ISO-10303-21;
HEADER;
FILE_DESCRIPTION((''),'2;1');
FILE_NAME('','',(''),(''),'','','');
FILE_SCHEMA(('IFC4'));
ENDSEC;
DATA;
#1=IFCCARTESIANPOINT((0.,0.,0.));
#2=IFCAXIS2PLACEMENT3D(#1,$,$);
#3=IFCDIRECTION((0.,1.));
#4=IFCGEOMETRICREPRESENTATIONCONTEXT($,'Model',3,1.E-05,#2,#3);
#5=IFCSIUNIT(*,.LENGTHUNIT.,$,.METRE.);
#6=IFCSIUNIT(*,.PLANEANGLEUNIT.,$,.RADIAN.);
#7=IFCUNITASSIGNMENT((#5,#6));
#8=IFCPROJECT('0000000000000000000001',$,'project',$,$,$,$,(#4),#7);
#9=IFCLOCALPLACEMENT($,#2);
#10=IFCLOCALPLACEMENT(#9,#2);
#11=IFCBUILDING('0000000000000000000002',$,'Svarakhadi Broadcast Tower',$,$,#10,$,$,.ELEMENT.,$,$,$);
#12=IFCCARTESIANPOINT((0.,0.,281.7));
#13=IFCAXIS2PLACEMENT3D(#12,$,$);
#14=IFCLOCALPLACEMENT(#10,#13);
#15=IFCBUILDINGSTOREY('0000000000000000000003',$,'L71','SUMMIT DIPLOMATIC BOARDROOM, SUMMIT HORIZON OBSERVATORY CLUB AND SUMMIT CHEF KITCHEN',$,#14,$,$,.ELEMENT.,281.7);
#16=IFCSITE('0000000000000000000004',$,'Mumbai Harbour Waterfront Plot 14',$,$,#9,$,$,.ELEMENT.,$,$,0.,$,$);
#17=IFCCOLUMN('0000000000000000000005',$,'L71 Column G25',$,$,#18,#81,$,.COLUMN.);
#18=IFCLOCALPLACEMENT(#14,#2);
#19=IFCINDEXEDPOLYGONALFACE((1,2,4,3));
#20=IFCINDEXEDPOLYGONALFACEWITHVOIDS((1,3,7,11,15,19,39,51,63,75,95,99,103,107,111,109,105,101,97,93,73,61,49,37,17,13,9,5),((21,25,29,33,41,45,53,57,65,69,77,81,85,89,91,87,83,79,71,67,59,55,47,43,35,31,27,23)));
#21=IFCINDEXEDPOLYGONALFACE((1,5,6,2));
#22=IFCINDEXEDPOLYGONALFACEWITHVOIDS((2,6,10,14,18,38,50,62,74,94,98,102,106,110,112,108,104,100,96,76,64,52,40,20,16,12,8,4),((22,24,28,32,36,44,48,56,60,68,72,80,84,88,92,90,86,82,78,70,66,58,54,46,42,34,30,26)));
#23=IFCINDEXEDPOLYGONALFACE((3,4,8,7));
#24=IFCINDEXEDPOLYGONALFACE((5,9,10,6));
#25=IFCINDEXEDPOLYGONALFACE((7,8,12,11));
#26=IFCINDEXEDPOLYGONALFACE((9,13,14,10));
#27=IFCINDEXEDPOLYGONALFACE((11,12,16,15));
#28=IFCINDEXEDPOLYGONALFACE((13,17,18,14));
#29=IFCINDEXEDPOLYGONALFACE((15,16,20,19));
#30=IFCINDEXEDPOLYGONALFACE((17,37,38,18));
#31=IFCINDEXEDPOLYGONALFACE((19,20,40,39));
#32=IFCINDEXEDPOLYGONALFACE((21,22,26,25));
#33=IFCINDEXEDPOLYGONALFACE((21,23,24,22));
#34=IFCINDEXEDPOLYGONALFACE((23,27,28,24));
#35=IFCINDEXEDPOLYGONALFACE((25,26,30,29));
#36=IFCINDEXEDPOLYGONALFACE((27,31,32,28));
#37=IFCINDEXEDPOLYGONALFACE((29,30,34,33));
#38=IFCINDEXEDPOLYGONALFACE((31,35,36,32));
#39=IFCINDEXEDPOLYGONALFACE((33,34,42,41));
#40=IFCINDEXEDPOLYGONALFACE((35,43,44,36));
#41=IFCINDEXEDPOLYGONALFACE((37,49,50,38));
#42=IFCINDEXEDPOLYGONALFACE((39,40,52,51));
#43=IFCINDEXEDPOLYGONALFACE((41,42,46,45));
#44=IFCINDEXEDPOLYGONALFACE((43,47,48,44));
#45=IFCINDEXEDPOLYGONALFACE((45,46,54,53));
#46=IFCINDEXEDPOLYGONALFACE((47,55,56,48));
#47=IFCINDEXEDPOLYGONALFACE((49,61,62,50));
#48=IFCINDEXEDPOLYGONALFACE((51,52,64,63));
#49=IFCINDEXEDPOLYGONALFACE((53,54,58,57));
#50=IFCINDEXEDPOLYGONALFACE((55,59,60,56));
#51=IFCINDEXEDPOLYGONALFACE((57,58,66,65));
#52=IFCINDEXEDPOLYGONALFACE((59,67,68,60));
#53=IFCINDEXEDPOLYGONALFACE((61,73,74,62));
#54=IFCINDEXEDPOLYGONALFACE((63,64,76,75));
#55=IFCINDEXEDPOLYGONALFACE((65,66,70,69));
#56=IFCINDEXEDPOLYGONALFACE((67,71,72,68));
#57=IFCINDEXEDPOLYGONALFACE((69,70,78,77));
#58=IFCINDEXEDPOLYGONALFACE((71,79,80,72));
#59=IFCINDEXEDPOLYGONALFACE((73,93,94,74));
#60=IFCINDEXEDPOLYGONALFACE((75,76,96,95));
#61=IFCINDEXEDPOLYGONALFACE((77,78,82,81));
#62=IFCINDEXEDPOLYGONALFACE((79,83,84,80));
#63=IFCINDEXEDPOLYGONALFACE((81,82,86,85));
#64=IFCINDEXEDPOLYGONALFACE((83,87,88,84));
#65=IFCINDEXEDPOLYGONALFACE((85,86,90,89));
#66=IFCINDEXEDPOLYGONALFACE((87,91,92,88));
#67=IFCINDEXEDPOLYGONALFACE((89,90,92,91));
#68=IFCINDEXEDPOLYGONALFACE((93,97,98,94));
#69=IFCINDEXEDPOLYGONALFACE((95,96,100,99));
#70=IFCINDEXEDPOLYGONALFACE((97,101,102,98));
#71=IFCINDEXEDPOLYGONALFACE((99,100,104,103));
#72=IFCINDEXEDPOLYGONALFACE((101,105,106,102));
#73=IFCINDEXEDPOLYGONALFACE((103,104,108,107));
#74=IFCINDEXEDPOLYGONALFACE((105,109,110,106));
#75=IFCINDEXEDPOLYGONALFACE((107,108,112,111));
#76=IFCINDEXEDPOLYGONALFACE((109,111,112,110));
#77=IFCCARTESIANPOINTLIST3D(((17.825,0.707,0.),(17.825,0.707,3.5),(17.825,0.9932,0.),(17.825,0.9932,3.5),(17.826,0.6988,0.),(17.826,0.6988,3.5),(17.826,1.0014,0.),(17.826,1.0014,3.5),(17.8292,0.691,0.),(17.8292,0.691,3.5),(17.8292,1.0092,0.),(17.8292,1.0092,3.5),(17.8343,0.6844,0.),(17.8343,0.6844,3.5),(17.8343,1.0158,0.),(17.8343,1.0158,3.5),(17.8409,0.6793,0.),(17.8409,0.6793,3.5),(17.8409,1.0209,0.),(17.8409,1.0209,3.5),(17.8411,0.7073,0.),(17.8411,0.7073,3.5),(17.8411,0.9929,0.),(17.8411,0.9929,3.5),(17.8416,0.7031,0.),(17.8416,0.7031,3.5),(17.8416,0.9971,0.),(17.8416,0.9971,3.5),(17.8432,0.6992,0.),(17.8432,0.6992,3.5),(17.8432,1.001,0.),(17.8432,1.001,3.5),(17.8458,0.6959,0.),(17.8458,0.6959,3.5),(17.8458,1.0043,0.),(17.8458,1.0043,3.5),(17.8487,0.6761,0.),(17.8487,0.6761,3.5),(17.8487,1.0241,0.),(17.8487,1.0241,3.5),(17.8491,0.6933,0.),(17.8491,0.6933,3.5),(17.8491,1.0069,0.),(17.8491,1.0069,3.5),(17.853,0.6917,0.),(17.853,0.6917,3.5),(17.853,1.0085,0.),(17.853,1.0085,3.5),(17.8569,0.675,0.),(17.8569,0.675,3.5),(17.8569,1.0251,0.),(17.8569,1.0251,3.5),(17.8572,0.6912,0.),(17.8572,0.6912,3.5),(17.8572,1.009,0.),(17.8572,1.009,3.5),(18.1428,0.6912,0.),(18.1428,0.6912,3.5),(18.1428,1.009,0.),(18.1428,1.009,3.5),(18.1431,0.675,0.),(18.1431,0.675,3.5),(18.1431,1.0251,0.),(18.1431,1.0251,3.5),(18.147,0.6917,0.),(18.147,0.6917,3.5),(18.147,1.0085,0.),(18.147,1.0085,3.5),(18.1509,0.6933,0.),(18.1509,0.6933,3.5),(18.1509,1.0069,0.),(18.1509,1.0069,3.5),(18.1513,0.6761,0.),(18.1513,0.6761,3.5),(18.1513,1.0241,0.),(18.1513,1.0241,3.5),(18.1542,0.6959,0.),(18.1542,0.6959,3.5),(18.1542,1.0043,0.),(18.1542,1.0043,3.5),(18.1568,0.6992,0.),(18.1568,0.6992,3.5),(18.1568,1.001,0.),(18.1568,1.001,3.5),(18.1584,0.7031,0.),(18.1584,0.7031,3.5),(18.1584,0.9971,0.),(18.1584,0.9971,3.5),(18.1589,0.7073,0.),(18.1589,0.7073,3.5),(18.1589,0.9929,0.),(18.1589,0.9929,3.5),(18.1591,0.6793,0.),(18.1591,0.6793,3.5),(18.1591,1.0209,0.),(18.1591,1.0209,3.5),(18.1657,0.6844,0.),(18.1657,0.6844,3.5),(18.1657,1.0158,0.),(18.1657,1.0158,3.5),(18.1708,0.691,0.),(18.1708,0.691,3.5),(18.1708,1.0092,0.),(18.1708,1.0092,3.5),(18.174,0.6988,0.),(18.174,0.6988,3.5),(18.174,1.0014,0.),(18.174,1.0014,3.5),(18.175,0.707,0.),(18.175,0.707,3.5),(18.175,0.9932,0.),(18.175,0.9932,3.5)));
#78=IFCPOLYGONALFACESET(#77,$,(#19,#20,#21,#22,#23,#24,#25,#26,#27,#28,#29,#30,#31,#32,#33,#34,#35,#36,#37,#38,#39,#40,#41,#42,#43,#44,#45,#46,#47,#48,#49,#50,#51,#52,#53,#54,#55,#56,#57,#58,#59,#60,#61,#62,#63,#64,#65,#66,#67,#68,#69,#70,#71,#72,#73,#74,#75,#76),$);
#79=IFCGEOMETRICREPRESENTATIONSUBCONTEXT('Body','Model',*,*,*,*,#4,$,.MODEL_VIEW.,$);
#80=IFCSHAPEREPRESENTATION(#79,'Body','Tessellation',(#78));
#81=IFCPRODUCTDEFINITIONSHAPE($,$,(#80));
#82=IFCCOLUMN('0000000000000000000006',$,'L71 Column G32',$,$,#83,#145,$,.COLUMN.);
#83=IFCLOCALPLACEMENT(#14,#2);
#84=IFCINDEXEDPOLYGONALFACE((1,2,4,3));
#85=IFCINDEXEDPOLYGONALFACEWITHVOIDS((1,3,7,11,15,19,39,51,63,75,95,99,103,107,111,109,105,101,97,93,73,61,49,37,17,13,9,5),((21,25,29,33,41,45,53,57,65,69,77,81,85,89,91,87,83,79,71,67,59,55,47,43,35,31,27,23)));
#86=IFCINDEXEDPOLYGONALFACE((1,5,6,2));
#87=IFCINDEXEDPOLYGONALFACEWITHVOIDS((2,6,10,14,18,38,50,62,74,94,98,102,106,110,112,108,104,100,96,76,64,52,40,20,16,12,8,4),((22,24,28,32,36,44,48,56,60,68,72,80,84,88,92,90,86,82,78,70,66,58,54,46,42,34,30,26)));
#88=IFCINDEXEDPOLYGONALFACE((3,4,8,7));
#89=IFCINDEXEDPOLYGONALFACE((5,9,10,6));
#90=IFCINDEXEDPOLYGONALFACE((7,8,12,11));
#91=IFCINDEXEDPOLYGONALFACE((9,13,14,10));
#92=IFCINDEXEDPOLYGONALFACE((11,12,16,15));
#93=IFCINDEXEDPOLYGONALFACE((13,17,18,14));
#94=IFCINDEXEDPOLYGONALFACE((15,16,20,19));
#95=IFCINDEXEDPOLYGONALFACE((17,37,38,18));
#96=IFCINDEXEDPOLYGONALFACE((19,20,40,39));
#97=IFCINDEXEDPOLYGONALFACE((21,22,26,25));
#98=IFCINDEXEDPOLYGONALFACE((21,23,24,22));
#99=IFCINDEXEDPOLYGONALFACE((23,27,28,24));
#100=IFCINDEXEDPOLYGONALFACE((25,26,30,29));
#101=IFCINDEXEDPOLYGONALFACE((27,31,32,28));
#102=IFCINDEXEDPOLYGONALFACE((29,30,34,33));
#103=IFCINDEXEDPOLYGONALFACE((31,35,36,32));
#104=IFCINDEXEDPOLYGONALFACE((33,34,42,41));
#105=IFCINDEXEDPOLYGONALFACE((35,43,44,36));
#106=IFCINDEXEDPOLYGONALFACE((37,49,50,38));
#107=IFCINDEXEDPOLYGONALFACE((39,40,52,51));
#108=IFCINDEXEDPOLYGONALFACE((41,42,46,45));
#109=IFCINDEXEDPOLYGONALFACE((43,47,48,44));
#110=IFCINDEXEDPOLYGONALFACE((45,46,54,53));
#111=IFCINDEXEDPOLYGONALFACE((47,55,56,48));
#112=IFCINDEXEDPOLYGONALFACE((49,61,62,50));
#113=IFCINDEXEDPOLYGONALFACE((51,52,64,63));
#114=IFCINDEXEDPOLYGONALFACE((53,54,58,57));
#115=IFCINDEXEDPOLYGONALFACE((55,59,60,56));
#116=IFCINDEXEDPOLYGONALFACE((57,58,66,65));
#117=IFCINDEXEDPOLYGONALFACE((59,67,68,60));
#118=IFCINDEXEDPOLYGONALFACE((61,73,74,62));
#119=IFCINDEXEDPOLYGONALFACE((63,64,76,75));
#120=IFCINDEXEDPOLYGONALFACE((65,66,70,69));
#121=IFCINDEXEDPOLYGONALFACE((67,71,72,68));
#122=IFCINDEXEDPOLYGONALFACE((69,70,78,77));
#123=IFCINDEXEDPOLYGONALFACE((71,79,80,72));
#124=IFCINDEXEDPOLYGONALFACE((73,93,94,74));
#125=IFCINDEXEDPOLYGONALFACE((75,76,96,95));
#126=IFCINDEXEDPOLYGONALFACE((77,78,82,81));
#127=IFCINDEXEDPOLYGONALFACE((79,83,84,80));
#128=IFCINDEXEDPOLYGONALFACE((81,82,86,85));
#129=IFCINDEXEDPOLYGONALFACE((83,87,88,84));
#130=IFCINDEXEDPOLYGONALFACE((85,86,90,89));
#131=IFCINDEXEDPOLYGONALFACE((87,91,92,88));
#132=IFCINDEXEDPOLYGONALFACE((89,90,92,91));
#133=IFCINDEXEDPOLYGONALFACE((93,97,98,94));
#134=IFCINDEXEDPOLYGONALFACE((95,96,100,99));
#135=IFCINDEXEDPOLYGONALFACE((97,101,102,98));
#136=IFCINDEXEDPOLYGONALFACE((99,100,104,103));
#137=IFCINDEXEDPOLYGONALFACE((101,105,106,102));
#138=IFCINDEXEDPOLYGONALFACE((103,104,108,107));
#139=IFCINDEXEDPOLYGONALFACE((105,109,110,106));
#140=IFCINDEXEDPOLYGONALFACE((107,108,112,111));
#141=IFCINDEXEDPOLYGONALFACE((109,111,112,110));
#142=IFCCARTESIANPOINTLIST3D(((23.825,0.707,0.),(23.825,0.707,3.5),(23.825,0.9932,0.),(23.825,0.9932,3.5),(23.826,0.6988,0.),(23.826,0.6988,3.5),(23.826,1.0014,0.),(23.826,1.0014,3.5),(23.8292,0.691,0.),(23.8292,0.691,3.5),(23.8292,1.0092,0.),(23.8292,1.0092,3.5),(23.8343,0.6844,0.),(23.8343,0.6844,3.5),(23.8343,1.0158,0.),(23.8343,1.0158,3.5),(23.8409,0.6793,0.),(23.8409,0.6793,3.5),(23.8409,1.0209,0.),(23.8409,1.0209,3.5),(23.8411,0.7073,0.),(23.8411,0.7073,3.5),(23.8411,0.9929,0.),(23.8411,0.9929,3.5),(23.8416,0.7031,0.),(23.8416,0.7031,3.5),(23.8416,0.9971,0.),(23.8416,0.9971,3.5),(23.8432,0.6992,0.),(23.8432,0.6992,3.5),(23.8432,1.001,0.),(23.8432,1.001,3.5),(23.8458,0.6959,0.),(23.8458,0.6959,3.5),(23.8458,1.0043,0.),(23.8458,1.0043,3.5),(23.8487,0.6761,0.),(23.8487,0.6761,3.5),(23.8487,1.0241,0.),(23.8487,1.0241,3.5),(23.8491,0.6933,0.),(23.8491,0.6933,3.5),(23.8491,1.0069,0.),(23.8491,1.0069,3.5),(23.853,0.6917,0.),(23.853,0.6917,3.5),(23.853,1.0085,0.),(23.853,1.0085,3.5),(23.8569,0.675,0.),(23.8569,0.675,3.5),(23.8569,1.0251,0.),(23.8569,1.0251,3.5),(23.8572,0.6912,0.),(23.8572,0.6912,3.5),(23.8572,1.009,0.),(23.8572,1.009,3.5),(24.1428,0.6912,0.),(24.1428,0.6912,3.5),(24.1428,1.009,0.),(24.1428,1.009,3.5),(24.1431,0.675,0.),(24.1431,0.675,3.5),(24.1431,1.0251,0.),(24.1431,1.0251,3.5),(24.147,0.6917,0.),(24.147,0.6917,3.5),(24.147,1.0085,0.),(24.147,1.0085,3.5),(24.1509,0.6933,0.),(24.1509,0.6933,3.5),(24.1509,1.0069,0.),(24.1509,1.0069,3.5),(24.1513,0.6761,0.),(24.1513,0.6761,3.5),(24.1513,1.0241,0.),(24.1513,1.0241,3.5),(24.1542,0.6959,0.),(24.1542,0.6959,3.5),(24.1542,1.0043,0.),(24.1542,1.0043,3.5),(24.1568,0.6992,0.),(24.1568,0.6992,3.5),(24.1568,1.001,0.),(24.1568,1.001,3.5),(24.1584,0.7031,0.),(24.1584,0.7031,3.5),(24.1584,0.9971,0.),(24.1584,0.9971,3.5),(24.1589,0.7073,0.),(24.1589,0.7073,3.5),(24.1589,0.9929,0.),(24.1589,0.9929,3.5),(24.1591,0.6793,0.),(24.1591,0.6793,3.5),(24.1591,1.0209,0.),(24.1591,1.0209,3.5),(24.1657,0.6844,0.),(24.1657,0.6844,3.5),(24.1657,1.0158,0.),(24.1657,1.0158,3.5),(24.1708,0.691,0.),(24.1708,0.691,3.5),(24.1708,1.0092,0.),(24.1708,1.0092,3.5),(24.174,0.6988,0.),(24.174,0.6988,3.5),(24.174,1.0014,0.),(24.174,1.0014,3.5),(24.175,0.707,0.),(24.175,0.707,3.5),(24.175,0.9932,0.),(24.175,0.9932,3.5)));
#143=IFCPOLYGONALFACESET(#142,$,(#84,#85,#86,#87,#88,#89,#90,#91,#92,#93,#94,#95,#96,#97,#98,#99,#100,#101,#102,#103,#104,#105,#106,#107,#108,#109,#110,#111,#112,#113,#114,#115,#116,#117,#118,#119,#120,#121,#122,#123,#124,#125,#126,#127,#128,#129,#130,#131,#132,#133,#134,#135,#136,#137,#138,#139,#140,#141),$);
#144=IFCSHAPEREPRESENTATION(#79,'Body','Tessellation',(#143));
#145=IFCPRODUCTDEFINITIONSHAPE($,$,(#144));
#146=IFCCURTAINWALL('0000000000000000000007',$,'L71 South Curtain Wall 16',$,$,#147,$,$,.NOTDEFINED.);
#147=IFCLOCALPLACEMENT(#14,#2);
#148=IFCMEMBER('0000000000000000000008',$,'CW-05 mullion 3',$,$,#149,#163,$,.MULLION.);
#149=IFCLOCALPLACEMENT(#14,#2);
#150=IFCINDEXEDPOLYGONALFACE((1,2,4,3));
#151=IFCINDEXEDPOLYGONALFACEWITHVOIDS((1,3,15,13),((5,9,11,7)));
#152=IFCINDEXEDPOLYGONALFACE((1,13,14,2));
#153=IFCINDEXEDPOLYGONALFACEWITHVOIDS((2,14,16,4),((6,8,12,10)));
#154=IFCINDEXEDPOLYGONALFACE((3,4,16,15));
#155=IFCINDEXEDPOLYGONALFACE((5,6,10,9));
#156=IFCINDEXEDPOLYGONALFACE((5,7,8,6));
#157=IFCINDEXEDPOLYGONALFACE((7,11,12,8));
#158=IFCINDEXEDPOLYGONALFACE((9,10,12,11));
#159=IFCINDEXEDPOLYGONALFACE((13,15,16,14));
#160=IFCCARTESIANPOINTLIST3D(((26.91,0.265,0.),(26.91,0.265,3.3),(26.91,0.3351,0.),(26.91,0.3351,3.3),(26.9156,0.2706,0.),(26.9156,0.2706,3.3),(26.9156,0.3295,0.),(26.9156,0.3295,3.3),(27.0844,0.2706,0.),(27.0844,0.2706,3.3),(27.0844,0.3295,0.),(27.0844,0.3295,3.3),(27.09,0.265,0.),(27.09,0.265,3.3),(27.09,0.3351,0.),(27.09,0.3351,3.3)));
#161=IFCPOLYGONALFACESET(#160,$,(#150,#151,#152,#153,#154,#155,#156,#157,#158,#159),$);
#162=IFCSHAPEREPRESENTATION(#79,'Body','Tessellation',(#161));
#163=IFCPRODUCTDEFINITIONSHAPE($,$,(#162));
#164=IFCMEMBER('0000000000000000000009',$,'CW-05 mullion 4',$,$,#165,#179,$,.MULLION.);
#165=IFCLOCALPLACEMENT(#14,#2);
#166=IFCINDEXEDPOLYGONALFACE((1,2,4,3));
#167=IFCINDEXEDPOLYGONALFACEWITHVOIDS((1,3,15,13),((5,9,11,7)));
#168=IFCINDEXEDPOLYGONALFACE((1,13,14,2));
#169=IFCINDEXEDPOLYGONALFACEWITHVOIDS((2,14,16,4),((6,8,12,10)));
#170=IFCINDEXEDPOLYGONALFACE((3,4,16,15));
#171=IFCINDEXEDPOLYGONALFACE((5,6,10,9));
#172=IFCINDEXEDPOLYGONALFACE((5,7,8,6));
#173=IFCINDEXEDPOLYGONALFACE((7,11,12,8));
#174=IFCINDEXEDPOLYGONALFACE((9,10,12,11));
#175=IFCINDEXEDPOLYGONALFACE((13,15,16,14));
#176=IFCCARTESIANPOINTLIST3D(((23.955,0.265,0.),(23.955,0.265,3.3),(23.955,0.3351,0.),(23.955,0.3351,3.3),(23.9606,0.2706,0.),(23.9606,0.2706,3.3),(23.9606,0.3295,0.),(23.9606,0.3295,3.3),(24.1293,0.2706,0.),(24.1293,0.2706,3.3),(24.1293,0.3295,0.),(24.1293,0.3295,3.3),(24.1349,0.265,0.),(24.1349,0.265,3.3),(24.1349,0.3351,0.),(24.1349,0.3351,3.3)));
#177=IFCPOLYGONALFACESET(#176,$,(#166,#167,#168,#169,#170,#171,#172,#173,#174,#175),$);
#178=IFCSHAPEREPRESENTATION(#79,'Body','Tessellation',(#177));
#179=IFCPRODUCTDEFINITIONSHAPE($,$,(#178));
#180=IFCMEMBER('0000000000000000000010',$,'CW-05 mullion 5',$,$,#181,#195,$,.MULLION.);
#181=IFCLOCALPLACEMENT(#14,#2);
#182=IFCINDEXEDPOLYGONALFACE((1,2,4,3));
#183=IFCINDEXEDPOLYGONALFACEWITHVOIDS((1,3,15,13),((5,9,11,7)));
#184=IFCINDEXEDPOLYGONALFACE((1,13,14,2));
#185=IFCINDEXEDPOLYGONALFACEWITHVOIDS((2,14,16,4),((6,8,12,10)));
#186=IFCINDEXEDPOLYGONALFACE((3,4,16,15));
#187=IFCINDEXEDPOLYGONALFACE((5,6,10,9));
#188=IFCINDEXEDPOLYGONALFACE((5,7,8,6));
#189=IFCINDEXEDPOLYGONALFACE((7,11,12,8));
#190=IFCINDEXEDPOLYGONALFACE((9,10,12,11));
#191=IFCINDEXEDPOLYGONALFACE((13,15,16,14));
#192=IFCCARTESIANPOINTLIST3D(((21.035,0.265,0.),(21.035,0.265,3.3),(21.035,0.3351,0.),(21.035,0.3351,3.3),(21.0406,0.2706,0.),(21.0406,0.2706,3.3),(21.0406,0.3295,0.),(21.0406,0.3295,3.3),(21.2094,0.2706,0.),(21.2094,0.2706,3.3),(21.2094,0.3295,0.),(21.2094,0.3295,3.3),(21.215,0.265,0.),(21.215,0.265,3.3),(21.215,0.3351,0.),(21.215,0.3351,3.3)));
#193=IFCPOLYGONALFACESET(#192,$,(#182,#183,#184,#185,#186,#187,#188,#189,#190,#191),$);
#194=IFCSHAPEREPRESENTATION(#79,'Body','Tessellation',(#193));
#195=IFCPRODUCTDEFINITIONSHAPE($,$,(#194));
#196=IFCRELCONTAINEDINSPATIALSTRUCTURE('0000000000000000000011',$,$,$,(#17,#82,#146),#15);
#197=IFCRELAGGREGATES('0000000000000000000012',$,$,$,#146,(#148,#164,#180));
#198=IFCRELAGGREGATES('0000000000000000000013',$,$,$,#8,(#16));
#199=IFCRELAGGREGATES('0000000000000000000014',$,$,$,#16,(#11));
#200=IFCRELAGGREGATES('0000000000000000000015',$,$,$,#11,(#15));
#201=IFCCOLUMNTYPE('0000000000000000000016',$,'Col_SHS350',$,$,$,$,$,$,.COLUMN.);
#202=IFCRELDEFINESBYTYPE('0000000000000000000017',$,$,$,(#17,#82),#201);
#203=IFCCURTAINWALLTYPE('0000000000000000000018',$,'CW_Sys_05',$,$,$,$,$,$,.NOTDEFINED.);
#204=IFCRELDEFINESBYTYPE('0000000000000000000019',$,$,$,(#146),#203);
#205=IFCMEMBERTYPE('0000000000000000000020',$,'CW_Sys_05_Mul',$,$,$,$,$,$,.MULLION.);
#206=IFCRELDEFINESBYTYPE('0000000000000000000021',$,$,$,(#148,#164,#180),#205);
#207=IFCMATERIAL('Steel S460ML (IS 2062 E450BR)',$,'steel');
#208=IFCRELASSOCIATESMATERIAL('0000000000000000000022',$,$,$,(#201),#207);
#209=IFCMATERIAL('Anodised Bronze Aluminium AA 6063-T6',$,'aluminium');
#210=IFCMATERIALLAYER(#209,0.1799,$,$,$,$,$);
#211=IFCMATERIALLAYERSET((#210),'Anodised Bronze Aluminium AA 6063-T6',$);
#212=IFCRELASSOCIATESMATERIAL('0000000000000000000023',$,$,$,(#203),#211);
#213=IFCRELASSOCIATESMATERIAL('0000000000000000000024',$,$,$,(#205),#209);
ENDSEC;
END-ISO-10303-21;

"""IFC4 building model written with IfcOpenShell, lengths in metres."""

from ifc_helpers import new_model, si_unit, direction, frame, origin, origin_2d, place, context, subcontext, project, spatial, hollow_rectangle, extrude, material, layer, layer_set, material_profile, profile_set, type_object, element, aggregate, save


model = new_model("IFC4")

# Units and contexts
model_context = context("Model", 3, precision=1e-05, world=origin(), true_north=direction((0.0, 1.0)))
body_context = subcontext(model_context, "Body", "Model", "MODEL_VIEW")
ifc_project = project(units=[si_unit("LENGTHUNIT", "METRE"), si_unit("PLANEANGLEUNIT", "RADIAN")], contexts=[model_context])

# Site, building, storey
site_placement = place(None, origin())
site = spatial("IfcSite", under=ifc_project, at=site_placement, Name="Mumbai Harbour Waterfront Plot 14", CompositionType="ELEMENT", RefElevation=0.0)
building_placement = place(site_placement, origin())
building = spatial("IfcBuilding", under=site, at=building_placement, Name="Svarakhadi Broadcast Tower", CompositionType="ELEMENT")
storey_placement = place(building_placement, frame((0.0, 0.0, 281.7)))
storey = spatial("IfcBuildingStorey", under=building, at=storey_placement, Name="L71", Description="SUMMIT DIPLOMATIC BOARDROOM, SUMMIT HORIZON OBSERVATORY CLUB AND SUMMIT CHEF KITCHEN", CompositionType="ELEMENT", Elevation=281.7)

# Columns
ifc_material_1 = material(Name="Steel S460ML (IS 2062 E450BR)", Category="steel")
ifc_material_profile_1 = material_profile(ifc_material_1, hollow_rectangle(XDim=0.3501, YDim=0.3501, WallThickness=0.0161, InnerFilletRadius=0.0161, OuterFilletRadius=0.032, at=origin_2d()), Name="SHS 350x350x16")
ifc_profile_set_1 = profile_set([ifc_material_profile_1], Name="Steel S460ML (IS 2062 E450BR)")
column_type = type_object("IfcColumnType", Name="Col_SHS350", PredefinedType="COLUMN", material=ifc_profile_set_1)
for number, where, z_axis, x_axis, name in (
    (1, (18.0, 0.8501, 0.0), (0.0, 0.0, 1.0), (1.0, 0.0, 0.0), "L71 Column G25"),
    (2, (24.0, 0.8501, 0.0), (0.0, 0.0, 1.0), (1.0, 0.0, 0.0), "L71 Column G32"),
):
    element("IfcColumn", number, at=place(storey_placement, frame(where, z_axis=z_axis, x_axis=x_axis)), inside=storey, type_object=column_type, Name=name, PredefinedType="COLUMN", context=body_context, shape_type="SweptSolid", body=[
        extrude(hollow_rectangle(XDim=0.3501, YDim=0.3501, WallThickness=0.0161, InnerFilletRadius=0.0161, OuterFilletRadius=0.032, at=origin_2d()), origin(), (0.0, 0.0, 1.0), 3.5),
    ])

# Curtain wall, members
ifc_material_2 = material(Name="Anodised Bronze Aluminium AA 6063-T6", Category="aluminium")
ifc_layer_1 = layer(ifc_material_2, 0.1799)
ifc_layer_set_1 = layer_set([ifc_layer_1], Name="Anodised Bronze Aluminium AA 6063-T6")
curtain_wall_type = type_object("IfcCurtainWallType", Name="CW_Sys_05", PredefinedType="NOTDEFINED", material=ifc_layer_set_1)
curtain_wall_placement = place(storey_placement, origin())
curtain_wall = element("IfcCurtainWall", 3, at=curtain_wall_placement, inside=storey, type_object=curtain_wall_type, Name="L71 South Curtain Wall 16", PredefinedType="NOTDEFINED")
ifc_material_profile_2 = material_profile(ifc_material_2, hollow_rectangle(XDim=0.0701, YDim=0.1799, WallThickness=0.0056, at=origin_2d()), Name="ALU MULLION 180x70x6")
ifc_profile_set_2 = profile_set([ifc_material_profile_2], Name="Anodised Bronze Aluminium AA 6063-T6")
member_type_1 = type_object("IfcMemberType", Name="CW_Sys_05_Mul", PredefinedType="MULLION", material=ifc_profile_set_2)
member_1_placement = place(storey_placement, frame((27.0, 0.3, 0.0), z_axis=(0.0, 0.0, 1.0), x_axis=(0.0, -1.0, 0.0)))
member_1 = element("IfcMember", 4, at=member_1_placement, type_object=member_type_1, Name="CW-05 mullion 3", PredefinedType="MULLION", context=body_context, shape_type="SweptSolid", body=[
    extrude(hollow_rectangle(XDim=0.0701, YDim=0.1799, WallThickness=0.0056, at=origin_2d()), origin(), (0.0, 0.0, 1.0), 3.3),
])
member_2_placement = place(storey_placement, frame((24.0449, 0.3, 0.0), z_axis=(0.0, 0.0, 1.0), x_axis=(0.0, -1.0, 0.0)))
member_2 = element("IfcMember", 5, at=member_2_placement, type_object=member_type_1, Name="CW-05 mullion 4", PredefinedType="MULLION", context=body_context, shape_type="SweptSolid", body=[
    extrude(hollow_rectangle(XDim=0.0701, YDim=0.1799, WallThickness=0.0056, at=origin_2d()), origin(), (0.0, 0.0, 1.0), 3.3),
])
member_3_placement = place(storey_placement, frame((21.125, 0.3, 0.0), z_axis=(0.0, 0.0, 1.0), x_axis=(0.0, -1.0, 0.0)))
member_3 = element("IfcMember", 6, at=member_3_placement, type_object=member_type_1, Name="CW-05 mullion 5", PredefinedType="MULLION", context=body_context, shape_type="SweptSolid", body=[
    extrude(hollow_rectangle(XDim=0.0701, YDim=0.1799, WallThickness=0.0056, at=origin_2d()), origin(), (0.0, 0.0, 1.0), 3.3),
])

aggregate(curtain_wall, [member_1, member_2, member_3])

save(model, "model.ifc")
